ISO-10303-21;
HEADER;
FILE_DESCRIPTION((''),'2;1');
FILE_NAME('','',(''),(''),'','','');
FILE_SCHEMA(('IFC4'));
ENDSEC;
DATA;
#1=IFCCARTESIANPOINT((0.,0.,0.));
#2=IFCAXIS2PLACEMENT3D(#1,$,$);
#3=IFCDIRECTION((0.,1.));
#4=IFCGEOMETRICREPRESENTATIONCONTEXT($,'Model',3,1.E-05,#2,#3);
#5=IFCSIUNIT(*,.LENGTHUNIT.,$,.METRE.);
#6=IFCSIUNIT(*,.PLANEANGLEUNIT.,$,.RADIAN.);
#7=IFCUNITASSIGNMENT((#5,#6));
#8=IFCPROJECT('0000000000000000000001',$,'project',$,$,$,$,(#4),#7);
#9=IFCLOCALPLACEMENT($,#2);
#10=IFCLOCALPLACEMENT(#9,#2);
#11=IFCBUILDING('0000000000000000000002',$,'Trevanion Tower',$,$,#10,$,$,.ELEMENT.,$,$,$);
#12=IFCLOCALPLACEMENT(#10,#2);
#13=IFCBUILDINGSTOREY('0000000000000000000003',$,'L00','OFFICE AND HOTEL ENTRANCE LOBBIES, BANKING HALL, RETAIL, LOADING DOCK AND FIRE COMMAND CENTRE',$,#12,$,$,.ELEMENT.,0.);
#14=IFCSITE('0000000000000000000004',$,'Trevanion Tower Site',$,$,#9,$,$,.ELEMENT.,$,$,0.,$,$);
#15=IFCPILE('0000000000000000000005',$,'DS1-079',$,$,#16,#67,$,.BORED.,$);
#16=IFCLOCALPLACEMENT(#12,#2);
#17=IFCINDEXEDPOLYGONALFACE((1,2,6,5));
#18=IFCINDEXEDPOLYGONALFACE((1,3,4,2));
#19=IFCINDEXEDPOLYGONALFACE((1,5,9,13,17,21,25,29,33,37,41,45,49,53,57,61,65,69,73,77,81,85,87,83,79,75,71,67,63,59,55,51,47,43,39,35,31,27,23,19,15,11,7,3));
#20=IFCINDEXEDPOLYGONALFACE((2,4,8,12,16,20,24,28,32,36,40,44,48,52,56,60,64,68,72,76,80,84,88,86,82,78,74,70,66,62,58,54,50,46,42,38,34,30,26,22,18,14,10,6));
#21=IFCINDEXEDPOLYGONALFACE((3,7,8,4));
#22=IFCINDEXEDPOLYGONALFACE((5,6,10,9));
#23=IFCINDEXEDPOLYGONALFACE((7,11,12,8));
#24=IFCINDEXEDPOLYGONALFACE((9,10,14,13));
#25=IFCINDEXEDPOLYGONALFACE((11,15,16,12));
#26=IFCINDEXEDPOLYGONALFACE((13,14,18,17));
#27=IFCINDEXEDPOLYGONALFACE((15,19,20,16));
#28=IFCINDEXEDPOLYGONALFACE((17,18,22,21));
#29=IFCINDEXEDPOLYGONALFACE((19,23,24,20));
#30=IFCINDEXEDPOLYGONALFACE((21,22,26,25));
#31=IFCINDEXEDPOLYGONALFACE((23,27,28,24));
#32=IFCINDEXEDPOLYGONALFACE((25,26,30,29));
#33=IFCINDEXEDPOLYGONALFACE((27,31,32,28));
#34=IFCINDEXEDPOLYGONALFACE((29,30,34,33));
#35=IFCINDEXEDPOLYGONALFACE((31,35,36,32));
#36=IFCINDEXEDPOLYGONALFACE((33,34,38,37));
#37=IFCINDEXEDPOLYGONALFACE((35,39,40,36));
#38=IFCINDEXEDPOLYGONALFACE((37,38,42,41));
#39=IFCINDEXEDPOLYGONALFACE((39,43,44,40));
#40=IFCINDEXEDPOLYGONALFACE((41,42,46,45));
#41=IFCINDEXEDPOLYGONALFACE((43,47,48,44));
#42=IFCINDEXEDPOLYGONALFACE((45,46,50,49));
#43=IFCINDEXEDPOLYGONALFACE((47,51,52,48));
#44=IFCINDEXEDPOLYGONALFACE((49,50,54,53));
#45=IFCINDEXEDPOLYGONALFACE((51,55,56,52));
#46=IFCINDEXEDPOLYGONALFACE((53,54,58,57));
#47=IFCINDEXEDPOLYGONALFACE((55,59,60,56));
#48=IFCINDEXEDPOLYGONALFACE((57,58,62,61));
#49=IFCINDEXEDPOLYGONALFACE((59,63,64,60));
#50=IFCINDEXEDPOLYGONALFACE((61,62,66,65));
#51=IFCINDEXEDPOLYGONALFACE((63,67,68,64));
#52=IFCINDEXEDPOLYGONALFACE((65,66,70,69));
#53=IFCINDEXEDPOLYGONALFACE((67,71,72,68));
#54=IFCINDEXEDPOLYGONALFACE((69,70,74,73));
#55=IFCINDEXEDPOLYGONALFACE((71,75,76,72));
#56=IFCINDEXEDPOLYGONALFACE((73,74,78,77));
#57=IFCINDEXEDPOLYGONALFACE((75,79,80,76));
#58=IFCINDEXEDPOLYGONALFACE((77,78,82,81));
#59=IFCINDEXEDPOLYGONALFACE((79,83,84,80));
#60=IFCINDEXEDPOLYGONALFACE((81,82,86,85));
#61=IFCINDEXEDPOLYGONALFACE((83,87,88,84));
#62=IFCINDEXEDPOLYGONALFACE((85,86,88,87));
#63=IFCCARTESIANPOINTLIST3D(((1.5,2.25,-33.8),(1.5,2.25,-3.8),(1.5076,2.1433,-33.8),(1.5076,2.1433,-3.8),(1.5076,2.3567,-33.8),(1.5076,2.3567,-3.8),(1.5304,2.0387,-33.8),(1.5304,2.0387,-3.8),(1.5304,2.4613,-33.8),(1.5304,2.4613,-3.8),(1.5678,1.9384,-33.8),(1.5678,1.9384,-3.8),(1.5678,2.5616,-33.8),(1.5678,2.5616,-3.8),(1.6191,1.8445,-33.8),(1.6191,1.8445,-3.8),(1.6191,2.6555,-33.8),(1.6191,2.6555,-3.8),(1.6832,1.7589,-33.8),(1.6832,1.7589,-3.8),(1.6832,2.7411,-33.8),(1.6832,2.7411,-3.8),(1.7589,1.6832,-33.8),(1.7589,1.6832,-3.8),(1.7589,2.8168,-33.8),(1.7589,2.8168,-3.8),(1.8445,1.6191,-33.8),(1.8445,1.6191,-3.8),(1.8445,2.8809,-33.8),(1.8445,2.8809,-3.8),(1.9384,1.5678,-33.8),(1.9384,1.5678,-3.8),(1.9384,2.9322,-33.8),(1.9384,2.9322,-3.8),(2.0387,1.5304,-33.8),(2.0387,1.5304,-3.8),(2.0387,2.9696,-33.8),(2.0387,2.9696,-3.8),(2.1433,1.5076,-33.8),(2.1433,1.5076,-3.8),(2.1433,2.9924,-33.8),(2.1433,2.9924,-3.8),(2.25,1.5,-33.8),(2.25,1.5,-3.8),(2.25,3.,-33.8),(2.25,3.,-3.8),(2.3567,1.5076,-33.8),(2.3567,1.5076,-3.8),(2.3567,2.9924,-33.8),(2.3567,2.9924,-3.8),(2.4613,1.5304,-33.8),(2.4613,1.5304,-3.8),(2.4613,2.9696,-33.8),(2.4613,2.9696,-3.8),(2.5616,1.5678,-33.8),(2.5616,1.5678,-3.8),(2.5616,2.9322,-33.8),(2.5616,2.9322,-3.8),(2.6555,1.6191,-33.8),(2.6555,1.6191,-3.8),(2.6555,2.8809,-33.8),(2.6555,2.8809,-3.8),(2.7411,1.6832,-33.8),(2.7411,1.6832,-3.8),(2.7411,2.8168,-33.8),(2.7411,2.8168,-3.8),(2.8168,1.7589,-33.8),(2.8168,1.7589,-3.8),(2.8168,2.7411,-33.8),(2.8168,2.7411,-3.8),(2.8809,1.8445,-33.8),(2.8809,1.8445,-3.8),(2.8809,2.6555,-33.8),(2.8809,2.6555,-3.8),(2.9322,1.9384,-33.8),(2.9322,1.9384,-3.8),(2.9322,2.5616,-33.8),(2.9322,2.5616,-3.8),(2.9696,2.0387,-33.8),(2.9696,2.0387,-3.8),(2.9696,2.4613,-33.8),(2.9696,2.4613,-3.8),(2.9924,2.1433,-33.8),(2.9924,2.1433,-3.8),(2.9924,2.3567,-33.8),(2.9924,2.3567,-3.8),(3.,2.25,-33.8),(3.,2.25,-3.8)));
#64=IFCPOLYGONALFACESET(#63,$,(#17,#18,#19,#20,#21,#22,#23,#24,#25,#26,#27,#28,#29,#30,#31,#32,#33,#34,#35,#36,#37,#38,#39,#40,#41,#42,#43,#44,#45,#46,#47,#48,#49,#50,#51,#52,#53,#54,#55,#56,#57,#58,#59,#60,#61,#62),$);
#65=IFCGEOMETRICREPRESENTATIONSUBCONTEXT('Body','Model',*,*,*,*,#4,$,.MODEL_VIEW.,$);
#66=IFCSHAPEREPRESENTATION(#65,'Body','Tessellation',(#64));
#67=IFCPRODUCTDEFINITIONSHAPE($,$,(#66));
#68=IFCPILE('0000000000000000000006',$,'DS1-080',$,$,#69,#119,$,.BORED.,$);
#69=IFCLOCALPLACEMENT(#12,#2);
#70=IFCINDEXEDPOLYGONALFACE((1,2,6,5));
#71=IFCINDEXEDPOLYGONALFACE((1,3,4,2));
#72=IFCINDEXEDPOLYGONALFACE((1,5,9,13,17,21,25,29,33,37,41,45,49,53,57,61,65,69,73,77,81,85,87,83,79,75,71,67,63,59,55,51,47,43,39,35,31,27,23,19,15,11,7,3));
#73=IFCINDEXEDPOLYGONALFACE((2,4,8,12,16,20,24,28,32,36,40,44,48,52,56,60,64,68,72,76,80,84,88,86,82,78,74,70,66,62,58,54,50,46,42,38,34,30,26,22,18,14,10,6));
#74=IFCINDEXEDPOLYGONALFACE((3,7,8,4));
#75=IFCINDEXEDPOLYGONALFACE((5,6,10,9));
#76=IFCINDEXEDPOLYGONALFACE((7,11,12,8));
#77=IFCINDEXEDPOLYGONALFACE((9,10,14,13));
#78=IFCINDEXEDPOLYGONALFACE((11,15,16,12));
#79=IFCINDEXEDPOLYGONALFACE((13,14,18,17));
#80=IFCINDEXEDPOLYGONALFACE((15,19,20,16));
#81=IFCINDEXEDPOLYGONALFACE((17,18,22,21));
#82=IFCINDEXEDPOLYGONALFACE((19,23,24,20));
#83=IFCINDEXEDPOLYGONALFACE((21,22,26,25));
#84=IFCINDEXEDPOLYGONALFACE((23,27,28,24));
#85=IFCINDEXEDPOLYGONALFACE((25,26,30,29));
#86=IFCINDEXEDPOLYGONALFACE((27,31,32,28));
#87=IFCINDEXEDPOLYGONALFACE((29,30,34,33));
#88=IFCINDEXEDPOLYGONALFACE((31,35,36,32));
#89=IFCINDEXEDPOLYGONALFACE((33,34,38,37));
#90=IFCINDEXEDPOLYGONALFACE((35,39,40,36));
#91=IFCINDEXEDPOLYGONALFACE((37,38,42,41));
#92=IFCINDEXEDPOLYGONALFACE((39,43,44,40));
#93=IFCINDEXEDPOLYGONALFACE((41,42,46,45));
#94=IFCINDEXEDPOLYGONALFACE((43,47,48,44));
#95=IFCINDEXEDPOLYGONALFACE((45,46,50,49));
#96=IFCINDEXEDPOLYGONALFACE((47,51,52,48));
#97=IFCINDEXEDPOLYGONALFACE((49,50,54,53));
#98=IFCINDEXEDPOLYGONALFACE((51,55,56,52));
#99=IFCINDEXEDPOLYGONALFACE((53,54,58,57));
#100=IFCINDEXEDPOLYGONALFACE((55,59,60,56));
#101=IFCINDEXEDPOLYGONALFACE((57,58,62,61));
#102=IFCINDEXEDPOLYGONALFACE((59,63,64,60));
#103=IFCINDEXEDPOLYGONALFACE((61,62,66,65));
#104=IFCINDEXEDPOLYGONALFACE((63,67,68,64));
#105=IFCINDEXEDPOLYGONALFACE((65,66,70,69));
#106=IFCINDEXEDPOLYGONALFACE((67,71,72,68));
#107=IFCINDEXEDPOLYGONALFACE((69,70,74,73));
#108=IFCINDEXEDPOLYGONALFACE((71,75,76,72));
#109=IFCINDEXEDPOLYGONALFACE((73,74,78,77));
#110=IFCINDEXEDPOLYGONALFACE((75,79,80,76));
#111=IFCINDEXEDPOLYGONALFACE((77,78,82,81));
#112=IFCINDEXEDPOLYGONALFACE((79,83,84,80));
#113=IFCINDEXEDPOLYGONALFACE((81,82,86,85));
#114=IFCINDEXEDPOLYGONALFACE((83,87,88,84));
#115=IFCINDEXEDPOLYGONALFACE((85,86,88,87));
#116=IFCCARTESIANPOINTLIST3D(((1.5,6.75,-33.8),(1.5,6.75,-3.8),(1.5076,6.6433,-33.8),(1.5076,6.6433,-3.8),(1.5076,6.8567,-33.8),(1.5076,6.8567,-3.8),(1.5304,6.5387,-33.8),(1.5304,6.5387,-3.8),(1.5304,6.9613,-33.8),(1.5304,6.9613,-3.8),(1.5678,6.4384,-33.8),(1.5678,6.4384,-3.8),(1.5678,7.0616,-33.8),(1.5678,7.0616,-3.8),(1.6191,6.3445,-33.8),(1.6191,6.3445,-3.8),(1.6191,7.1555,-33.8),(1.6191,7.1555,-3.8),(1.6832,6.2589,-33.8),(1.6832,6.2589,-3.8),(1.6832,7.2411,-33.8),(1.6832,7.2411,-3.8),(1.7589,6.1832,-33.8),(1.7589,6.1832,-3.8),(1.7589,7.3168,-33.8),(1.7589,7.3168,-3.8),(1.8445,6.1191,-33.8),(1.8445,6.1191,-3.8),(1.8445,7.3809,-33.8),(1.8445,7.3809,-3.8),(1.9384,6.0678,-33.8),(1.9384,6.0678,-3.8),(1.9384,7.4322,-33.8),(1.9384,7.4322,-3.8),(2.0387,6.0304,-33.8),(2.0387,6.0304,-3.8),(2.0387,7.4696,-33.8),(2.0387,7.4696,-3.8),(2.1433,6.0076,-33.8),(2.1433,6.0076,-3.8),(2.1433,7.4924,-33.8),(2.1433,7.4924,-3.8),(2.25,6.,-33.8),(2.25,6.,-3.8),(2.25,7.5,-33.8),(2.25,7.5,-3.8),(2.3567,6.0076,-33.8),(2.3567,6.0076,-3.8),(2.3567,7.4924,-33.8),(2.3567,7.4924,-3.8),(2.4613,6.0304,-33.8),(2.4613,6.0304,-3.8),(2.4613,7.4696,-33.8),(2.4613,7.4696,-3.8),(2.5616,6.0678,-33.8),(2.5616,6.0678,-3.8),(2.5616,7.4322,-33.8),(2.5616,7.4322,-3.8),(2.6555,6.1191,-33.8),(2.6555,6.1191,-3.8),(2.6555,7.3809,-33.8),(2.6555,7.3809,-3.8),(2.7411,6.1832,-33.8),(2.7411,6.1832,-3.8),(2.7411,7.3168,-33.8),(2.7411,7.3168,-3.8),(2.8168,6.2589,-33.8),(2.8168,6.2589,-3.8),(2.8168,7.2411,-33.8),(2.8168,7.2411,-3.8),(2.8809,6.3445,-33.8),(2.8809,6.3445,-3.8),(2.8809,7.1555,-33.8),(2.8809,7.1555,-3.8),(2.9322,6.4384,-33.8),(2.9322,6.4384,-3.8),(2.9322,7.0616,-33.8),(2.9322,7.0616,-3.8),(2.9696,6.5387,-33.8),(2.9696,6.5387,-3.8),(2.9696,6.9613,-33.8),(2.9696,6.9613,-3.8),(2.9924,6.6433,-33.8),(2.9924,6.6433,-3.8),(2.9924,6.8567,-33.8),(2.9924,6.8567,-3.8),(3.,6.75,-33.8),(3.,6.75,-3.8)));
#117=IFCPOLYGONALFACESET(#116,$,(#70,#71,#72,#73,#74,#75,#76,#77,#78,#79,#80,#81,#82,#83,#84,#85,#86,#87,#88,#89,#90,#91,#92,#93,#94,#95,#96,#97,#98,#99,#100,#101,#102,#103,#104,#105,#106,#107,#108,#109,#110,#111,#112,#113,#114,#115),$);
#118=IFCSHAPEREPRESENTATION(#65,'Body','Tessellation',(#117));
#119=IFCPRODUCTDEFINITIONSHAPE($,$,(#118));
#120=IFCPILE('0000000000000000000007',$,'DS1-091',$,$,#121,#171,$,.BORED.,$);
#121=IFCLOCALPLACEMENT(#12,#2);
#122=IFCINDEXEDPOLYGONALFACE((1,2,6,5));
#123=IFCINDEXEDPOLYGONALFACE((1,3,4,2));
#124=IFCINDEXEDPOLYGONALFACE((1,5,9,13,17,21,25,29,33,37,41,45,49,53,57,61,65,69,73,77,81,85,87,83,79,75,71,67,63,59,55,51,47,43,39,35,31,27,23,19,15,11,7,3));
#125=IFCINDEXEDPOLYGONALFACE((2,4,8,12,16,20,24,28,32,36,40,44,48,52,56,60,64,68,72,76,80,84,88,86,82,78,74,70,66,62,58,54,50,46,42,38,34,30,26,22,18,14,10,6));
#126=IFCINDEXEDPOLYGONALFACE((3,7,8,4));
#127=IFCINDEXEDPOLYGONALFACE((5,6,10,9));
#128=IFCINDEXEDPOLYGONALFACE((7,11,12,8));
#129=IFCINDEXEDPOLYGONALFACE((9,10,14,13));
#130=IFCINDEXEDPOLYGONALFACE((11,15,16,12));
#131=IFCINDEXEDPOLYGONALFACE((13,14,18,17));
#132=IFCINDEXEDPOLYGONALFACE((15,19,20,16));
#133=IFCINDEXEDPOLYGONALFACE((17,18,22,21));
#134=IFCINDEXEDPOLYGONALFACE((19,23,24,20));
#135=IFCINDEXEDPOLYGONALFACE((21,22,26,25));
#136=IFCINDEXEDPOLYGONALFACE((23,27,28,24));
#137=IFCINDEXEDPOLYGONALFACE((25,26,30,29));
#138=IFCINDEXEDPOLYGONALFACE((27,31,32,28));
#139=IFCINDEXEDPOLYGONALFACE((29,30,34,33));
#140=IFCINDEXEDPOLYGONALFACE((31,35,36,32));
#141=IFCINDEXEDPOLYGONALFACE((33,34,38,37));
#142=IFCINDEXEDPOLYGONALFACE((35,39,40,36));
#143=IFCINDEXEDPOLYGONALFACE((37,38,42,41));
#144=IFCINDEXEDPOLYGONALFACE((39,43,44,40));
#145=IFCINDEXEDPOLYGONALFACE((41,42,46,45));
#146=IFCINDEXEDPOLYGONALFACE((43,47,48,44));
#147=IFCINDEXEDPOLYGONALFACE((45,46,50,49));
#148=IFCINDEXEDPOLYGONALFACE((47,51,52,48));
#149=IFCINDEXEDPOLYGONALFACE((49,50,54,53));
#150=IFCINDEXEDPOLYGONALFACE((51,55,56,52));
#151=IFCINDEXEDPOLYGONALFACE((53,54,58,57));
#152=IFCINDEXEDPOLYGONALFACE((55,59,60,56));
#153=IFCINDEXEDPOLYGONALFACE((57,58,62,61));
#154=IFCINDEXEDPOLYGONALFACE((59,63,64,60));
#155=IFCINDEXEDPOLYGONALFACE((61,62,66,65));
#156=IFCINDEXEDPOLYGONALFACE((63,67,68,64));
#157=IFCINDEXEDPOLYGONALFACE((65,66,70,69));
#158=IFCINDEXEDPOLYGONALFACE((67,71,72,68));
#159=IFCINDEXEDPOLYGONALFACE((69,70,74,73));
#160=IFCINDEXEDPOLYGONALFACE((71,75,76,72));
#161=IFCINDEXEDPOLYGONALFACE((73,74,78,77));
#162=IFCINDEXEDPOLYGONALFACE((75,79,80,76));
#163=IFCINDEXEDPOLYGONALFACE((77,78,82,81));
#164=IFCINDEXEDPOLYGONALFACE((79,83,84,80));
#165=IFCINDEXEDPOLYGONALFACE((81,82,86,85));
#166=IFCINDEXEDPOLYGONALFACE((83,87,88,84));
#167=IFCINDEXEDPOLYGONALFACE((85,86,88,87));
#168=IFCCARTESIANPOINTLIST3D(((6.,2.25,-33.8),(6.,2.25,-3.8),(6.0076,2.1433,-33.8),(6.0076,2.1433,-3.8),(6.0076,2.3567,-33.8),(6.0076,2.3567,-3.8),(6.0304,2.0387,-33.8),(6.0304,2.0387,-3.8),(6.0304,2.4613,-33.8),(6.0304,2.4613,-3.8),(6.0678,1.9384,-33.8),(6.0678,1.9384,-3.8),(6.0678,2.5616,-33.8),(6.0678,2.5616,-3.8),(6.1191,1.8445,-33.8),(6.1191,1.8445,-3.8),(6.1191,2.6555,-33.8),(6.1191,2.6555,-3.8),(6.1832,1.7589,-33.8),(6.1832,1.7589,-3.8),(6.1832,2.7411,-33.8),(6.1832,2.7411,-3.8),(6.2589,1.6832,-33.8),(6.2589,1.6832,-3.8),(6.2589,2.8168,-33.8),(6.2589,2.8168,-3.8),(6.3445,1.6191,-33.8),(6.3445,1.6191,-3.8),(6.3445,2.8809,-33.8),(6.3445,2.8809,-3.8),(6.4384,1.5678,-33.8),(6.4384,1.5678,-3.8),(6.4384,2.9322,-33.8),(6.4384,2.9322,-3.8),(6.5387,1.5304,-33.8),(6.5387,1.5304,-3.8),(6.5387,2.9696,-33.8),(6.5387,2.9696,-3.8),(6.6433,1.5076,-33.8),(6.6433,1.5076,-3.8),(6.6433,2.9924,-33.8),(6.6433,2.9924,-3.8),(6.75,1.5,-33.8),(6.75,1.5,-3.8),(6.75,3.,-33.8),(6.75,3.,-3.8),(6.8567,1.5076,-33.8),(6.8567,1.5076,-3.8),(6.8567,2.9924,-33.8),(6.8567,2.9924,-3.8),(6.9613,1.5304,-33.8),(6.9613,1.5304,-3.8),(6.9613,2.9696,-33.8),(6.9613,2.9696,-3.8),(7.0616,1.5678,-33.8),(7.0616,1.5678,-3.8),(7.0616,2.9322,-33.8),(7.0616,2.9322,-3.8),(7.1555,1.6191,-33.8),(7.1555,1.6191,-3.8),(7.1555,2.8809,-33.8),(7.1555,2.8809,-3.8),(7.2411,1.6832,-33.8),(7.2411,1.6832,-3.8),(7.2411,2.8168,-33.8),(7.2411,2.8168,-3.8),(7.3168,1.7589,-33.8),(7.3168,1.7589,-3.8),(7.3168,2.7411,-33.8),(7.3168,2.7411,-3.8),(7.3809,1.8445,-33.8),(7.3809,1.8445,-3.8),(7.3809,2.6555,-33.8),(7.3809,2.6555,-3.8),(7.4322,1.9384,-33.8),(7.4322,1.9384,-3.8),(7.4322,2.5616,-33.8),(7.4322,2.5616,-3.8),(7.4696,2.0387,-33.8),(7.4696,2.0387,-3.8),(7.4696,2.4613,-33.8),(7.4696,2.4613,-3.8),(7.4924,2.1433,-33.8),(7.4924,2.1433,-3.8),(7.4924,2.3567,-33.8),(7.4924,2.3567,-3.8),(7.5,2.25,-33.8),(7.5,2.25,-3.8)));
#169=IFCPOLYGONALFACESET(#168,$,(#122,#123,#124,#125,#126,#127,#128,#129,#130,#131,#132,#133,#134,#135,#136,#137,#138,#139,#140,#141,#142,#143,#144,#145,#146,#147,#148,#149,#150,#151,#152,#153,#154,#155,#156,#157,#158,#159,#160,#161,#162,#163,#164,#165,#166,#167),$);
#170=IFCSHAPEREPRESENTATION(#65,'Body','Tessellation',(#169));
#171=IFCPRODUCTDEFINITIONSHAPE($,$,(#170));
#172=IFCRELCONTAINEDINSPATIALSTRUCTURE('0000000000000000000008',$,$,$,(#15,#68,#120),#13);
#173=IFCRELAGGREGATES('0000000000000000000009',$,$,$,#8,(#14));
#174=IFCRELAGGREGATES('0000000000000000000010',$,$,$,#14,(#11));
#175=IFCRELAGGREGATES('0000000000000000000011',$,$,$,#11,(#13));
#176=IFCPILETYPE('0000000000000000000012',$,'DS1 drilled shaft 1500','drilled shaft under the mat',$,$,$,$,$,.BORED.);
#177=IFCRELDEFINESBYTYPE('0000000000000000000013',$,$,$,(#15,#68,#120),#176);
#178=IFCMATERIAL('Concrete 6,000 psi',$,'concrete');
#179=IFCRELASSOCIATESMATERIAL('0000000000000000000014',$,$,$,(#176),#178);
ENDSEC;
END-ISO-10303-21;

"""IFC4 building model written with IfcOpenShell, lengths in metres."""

from ifc_helpers import new_model, si_unit, direction, frame, origin, origin_2d, place, context, subcontext, project, spatial, circle, extrude, material, material_profile, profile_set, type_object, element, save


model = new_model("IFC4")

# Units and contexts
model_context = context("Model", 3, precision=1e-05, world=origin(), true_north=direction((0.0, 1.0)))
body_context = subcontext(model_context, "Body", "Model", "MODEL_VIEW")
ifc_project = project(units=[si_unit("LENGTHUNIT", "METRE"), si_unit("PLANEANGLEUNIT", "RADIAN")], contexts=[model_context])

# Site, building, storey
site_placement = place(None, origin())
site = spatial("IfcSite", under=ifc_project, at=site_placement, Name="Trevanion Tower Site", CompositionType="ELEMENT", RefElevation=0.0)
building_placement = place(site_placement, origin())
building = spatial("IfcBuilding", under=site, at=building_placement, Name="Trevanion Tower", CompositionType="ELEMENT")
storey_placement = place(building_placement, origin())
storey = spatial("IfcBuildingStorey", under=building, at=storey_placement, Name="L00", Description="OFFICE AND HOTEL ENTRANCE LOBBIES, BANKING HALL, RETAIL, LOADING DOCK AND FIRE COMMAND CENTRE", CompositionType="ELEMENT", Elevation=0.0)

# Piles
ifc_material_1 = material(Name="Concrete 6,000 psi", Category="concrete")
ifc_material_profile = material_profile(ifc_material_1, circle(Radius=0.75, at=origin_2d()), Name="DS1 drilled shaft 1500")
ifc_profile_set = profile_set([ifc_material_profile], Name="Concrete 6,000 psi")
pile_type = type_object("IfcPileType", Name="DS1 drilled shaft 1500", Description="drilled shaft under the mat", PredefinedType="BORED", material=ifc_profile_set)
for number, where, z_axis, x_axis, name in (
    (1, (2.25, 2.25, -3.8), (0.0, 0.0, -1.0), (1.0, 0.0, 0.0), "DS1-079"),
    (2, (2.25, 6.75, -3.8), (0.0, 0.0, -1.0), (1.0, 0.0, 0.0), "DS1-080"),
    (3, (6.75, 2.25, -3.8), (0.0, 0.0, -1.0), (1.0, 0.0, 0.0), "DS1-091"),
):
    element("IfcPile", number, at=place(storey_placement, frame(where, z_axis=z_axis, x_axis=x_axis)), inside=storey, type_object=pile_type, Name=name, PredefinedType="BORED", context=body_context, shape_type="SweptSolid", body=[
        extrude(circle(Radius=0.75, at=origin_2d()), origin(), (0.0, 0.0, 1.0), 30.0),
    ])

save(model, "model.ifc")
